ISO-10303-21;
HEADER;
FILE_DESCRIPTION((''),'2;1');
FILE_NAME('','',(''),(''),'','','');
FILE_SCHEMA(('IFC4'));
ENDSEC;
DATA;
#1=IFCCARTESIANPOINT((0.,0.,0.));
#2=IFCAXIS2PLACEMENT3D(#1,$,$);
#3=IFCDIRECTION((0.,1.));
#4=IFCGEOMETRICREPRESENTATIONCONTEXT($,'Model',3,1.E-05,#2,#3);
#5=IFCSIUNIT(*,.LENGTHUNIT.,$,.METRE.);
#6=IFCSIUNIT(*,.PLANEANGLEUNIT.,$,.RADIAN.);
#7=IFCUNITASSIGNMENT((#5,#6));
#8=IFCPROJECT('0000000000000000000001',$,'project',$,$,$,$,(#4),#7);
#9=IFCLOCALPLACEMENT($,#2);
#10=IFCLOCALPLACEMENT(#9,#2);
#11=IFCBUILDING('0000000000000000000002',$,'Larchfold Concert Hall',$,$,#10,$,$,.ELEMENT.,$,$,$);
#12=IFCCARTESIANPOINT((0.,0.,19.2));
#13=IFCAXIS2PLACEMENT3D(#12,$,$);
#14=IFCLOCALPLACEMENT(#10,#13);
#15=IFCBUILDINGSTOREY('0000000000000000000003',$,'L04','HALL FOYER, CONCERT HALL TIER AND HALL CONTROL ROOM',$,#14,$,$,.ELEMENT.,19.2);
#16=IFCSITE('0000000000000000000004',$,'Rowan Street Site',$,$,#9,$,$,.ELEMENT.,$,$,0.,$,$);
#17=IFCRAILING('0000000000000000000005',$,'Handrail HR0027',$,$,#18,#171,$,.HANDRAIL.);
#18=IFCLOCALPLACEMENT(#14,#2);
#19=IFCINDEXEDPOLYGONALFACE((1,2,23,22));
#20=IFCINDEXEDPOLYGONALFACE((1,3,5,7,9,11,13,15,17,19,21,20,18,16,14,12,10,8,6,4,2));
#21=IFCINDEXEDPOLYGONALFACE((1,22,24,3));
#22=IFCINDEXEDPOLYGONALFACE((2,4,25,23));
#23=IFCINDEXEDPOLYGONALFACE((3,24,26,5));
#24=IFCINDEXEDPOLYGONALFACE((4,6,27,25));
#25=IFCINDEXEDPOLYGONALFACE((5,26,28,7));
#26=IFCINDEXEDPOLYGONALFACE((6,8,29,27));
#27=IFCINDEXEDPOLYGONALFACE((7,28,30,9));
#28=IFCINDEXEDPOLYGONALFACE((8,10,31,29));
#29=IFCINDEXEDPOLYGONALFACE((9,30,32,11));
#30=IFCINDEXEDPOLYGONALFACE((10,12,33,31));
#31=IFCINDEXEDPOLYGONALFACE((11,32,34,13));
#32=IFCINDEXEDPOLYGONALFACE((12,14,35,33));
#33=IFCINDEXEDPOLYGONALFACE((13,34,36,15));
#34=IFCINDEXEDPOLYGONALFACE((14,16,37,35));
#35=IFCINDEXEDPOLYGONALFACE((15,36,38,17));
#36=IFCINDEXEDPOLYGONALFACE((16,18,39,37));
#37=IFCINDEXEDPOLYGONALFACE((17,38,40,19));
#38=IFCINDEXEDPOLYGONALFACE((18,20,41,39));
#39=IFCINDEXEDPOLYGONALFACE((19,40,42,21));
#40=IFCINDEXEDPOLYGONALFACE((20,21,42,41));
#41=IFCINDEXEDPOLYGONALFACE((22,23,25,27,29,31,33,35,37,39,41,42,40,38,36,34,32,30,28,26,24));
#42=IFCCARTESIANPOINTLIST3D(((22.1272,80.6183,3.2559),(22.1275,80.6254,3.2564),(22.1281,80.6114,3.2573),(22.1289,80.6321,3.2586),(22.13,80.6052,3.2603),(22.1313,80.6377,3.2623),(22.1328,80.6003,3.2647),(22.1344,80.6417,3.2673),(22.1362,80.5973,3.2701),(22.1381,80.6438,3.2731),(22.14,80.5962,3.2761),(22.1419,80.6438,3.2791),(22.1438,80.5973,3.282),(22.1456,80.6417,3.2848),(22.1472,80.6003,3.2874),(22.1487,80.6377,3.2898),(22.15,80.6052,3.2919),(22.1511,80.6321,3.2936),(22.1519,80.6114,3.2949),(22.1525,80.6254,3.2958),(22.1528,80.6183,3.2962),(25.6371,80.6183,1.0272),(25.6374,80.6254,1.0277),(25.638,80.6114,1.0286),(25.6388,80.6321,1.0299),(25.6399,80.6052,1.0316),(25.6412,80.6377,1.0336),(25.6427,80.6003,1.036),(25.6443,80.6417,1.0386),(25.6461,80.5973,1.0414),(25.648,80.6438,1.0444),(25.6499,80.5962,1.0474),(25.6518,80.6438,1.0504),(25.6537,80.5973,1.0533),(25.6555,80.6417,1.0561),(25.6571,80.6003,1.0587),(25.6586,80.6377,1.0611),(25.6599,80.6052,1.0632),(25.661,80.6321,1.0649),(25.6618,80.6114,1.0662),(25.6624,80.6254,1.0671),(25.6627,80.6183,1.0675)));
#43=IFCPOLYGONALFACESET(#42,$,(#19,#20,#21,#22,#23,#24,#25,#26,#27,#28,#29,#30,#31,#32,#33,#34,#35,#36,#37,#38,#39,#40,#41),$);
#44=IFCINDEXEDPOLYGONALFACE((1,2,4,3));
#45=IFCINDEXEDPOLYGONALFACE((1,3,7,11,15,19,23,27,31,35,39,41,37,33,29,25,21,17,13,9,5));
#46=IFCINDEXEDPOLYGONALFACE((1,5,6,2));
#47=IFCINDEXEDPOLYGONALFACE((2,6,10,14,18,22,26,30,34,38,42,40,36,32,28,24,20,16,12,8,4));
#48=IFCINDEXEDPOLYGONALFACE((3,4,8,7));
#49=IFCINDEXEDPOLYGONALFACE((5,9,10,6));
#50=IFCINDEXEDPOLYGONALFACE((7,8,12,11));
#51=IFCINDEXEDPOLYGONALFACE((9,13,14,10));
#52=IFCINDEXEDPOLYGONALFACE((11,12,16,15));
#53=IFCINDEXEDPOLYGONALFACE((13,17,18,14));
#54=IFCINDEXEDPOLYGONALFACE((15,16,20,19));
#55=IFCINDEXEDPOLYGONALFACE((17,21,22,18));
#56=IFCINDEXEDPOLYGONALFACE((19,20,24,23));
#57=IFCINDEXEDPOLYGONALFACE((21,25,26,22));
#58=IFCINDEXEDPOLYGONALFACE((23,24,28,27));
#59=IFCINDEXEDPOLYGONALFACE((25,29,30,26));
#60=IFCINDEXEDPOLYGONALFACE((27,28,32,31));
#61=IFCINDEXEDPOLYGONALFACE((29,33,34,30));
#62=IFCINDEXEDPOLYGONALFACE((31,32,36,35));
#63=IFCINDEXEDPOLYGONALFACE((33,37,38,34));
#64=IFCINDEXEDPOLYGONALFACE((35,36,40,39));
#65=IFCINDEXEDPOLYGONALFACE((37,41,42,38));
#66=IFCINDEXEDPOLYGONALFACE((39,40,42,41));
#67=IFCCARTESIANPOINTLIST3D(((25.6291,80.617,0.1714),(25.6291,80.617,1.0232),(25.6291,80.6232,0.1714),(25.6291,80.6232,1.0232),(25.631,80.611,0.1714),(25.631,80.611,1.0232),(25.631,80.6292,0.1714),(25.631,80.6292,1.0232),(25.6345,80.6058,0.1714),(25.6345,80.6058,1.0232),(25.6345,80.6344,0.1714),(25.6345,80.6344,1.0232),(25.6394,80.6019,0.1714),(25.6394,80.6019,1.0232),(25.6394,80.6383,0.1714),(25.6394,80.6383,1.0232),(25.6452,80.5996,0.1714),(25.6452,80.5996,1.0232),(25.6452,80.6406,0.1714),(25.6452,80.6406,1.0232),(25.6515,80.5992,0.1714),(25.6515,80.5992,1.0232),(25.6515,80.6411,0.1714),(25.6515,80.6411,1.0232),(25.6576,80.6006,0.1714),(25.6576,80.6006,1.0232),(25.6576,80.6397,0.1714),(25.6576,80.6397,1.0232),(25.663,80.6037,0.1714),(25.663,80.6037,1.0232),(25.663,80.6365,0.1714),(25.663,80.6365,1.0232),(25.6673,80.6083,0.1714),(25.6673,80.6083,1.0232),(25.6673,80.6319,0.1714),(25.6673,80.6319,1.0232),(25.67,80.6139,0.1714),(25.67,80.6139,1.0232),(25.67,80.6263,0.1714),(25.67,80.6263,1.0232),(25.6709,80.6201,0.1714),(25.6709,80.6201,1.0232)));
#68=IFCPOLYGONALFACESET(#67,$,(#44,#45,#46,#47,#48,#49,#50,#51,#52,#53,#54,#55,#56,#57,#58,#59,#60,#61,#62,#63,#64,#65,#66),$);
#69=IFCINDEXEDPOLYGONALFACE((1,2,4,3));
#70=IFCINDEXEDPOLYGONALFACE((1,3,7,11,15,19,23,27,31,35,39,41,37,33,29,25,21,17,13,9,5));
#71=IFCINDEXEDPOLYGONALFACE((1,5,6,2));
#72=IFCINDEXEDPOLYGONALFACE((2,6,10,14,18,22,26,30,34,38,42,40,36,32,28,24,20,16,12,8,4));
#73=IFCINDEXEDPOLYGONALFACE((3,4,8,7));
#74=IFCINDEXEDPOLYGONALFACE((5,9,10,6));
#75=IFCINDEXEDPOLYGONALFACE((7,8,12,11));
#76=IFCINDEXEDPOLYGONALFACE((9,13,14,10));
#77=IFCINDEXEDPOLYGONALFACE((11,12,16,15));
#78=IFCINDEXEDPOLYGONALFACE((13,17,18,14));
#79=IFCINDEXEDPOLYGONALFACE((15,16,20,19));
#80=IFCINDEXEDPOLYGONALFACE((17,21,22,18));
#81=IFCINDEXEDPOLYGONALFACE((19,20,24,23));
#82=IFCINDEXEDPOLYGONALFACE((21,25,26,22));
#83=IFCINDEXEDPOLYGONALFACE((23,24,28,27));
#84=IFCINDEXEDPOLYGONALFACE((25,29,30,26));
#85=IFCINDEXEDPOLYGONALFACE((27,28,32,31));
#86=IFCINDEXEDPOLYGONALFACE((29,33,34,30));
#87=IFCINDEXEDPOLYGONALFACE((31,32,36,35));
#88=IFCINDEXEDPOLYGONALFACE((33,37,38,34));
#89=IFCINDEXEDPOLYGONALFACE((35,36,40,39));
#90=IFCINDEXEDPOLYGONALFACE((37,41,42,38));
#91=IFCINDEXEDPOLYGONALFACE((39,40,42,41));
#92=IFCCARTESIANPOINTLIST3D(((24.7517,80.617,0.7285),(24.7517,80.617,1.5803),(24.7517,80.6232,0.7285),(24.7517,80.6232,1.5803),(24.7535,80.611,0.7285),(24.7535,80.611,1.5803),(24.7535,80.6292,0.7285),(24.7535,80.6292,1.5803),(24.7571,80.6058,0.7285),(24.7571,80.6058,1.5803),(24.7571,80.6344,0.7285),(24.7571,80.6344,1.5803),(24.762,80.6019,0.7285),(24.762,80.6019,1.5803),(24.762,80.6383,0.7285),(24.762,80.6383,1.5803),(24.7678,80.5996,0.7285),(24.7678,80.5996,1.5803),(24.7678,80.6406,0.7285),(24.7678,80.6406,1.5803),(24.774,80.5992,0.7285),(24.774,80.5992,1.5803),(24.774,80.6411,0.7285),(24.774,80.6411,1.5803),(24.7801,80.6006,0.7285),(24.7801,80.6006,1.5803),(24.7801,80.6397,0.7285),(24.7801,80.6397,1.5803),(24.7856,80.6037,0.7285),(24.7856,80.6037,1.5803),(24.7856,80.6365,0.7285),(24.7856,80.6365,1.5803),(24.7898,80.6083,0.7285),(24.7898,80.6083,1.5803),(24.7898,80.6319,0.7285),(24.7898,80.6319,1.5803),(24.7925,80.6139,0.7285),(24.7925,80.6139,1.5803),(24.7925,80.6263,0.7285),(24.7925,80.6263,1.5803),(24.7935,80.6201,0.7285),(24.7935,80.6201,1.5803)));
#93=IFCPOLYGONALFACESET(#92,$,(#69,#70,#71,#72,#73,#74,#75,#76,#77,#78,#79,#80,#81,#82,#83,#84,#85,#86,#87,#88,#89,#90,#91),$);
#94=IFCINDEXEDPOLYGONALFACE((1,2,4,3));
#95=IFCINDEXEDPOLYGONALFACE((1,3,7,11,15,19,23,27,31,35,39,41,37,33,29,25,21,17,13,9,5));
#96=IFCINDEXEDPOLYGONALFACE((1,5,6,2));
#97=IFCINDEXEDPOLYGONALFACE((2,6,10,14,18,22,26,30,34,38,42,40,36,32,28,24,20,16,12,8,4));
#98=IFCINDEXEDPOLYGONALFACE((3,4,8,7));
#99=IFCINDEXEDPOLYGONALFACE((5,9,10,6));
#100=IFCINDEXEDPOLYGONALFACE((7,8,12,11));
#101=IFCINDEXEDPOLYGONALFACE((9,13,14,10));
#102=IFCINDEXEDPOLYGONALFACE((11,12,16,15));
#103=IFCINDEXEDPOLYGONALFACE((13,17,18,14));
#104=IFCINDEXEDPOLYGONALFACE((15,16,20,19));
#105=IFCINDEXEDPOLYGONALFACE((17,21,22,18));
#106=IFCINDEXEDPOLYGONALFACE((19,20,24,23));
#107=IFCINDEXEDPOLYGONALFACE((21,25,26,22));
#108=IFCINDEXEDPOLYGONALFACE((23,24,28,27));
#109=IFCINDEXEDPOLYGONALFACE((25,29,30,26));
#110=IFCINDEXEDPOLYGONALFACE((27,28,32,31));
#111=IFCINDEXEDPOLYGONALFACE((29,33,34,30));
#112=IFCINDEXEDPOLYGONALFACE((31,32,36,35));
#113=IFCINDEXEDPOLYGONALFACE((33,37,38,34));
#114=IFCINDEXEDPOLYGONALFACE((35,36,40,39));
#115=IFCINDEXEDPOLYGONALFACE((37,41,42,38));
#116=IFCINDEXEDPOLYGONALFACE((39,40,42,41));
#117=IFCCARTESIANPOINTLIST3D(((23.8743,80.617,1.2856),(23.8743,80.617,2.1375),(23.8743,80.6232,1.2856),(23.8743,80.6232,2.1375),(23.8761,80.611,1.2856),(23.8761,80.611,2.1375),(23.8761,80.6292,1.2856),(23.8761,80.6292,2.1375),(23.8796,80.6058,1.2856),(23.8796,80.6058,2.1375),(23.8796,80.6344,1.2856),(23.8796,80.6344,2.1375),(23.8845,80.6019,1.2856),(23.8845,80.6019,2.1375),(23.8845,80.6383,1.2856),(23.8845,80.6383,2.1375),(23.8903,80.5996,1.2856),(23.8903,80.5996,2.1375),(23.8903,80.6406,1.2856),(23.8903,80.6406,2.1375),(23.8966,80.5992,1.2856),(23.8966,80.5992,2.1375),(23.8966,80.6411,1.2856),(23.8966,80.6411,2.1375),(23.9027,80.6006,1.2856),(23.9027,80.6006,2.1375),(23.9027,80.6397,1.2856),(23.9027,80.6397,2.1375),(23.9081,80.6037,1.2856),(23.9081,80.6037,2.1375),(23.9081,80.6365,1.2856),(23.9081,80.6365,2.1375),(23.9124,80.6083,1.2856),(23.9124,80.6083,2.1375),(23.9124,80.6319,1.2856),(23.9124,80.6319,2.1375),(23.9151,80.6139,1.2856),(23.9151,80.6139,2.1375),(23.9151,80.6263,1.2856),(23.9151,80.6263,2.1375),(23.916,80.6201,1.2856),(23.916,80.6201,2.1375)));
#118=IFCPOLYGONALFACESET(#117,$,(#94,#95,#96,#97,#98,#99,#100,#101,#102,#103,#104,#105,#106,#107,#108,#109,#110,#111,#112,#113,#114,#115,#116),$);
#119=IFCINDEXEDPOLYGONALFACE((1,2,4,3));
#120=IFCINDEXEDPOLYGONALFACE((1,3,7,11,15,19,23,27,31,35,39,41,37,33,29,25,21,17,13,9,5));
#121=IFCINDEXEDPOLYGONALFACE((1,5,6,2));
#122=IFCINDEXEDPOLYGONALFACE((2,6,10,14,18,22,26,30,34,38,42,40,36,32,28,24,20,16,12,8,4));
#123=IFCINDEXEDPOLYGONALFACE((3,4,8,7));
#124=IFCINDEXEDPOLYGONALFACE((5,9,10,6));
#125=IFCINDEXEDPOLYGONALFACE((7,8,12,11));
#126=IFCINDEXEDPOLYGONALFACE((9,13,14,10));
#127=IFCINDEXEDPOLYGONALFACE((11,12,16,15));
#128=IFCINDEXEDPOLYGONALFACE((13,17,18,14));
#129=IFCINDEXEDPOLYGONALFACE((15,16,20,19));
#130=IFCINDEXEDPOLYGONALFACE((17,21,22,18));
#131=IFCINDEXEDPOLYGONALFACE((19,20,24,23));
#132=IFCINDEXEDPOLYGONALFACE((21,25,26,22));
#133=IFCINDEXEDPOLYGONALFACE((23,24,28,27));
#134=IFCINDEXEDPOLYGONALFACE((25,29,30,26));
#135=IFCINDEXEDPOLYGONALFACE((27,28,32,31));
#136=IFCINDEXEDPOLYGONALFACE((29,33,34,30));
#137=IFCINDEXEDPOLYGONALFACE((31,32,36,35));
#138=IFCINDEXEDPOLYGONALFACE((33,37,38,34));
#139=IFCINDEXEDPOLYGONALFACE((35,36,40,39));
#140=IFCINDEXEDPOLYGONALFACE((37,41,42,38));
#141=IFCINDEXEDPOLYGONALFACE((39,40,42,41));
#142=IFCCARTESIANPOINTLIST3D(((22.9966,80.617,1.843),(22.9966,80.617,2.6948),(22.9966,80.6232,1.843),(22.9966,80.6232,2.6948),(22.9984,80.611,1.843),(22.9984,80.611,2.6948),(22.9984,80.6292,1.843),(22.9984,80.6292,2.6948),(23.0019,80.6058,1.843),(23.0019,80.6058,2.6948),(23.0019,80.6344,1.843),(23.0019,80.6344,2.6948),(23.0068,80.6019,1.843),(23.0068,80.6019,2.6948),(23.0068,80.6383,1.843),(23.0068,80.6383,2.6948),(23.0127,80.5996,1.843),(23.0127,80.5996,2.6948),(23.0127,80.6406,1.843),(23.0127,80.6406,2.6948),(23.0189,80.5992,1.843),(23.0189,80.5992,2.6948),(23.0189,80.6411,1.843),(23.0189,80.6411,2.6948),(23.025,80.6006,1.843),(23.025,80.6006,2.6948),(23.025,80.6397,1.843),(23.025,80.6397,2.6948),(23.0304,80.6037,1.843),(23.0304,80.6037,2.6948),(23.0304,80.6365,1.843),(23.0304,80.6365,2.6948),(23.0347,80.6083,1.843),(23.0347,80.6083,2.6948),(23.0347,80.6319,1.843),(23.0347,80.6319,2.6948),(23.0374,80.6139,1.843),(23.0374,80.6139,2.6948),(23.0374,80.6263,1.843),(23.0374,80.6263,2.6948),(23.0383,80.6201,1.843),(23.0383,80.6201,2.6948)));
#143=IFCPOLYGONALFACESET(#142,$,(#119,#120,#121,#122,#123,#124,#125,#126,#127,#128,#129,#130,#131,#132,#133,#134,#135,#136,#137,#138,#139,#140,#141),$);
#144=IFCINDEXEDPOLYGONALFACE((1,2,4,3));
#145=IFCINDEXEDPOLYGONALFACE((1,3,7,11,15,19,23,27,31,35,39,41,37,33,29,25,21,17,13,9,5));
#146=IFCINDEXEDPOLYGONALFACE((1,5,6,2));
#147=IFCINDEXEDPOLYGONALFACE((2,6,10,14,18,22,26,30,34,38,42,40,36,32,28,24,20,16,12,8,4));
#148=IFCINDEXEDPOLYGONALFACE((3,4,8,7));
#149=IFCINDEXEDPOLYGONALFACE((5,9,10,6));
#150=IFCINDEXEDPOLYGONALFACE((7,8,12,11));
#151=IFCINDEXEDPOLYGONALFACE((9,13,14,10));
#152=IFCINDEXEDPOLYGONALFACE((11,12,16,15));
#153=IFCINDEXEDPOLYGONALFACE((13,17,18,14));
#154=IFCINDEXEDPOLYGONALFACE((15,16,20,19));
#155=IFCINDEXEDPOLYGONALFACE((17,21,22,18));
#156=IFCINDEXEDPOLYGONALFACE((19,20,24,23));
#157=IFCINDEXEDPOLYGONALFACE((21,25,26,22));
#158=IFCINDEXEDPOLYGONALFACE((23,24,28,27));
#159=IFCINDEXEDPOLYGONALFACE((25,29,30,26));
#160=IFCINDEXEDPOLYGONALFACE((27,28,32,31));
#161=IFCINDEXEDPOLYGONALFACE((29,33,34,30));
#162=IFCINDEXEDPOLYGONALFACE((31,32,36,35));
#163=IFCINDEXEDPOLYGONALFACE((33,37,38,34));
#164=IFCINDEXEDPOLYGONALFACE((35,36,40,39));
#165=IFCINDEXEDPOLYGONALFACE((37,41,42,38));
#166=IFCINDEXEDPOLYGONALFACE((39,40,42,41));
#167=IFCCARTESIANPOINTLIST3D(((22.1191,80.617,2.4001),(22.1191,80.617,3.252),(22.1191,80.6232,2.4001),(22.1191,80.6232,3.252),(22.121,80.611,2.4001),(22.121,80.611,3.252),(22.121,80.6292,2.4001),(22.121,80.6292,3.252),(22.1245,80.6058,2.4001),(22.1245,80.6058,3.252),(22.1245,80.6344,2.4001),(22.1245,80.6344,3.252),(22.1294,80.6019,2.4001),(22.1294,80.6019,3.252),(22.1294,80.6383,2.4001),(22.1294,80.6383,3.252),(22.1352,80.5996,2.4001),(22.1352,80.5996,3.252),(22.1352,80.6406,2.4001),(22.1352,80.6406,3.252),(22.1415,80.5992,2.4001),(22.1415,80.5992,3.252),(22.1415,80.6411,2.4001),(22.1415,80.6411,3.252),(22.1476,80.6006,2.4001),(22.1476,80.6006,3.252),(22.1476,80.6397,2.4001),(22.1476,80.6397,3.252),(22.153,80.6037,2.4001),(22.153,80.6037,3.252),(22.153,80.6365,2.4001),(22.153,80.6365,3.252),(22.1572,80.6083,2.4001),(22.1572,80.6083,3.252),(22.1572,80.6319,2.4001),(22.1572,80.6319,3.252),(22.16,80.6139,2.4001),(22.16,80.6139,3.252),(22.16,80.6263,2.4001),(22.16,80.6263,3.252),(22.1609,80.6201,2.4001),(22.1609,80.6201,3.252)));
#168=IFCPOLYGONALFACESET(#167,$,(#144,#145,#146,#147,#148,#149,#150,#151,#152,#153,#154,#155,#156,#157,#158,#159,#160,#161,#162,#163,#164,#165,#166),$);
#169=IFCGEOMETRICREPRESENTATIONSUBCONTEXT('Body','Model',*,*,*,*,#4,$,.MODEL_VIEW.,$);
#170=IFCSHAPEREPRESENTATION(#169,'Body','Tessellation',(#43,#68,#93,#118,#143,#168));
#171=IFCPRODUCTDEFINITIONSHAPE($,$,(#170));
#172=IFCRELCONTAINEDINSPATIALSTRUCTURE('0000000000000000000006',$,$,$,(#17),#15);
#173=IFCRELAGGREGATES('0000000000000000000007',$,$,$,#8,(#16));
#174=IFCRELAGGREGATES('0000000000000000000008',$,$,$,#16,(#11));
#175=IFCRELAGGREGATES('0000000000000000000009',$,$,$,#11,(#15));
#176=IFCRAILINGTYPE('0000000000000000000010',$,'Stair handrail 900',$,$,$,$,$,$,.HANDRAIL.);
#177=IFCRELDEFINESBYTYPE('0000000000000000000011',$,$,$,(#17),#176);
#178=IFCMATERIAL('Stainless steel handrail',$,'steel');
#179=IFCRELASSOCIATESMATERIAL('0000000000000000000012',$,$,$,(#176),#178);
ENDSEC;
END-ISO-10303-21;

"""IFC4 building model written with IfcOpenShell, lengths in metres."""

from ifc_helpers import new_model, si_unit, direction, frame, origin, origin_2d, place, context, subcontext, project, spatial, circle, extrude, material, type_object, element, save


model = new_model("IFC4")

# Units and contexts
model_context = context("Model", 3, precision=1e-05, world=origin(), true_north=direction((0.0, 1.0)))
body_context = subcontext(model_context, "Body", "Model", "MODEL_VIEW")
ifc_project = project(units=[si_unit("LENGTHUNIT", "METRE"), si_unit("PLANEANGLEUNIT", "RADIAN")], contexts=[model_context])

# Site, building, storey
site_placement = place(None, origin())
site = spatial("IfcSite", under=ifc_project, at=site_placement, Name="Rowan Street Site", CompositionType="ELEMENT", RefElevation=0.0)
building_placement = place(site_placement, origin())
building = spatial("IfcBuilding", under=site, at=building_placement, Name="Larchfold Concert Hall", CompositionType="ELEMENT")
storey_placement = place(building_placement, frame((0.0, 0.0, 19.2)))
storey = spatial("IfcBuildingStorey", under=building, at=storey_placement, Name="L04", Description="HALL FOYER, CONCERT HALL TIER AND HALL CONTROL ROOM", CompositionType="ELEMENT", Elevation=19.2)

# Railing
ifc_material_1 = material(Name="Stainless steel handrail", Category="steel")
railing_type_1 = type_object("IfcRailingType", Name="Stair handrail 900", PredefinedType="HANDRAIL", material=ifc_material_1)
railing_1_placement = place(storey_placement, frame((25.6499, 80.6201, 0.1714)))
element("IfcRailing", 1, at=railing_1_placement, inside=storey, type_object=railing_type_1, Name="Handrail HR0027", PredefinedType="HANDRAIL", context=body_context, shape_type="SweptSolid", body=[
    extrude(circle(Radius=0.0239, at=origin_2d()), frame((0.0, 0.0, 0.876), z_axis=(-0.844193, 0.0, 0.536039), x_axis=(0.0, -1.0, 0.0)), (0.0, 0.0, 1.0), 4.1577),
    extrude(circle(Radius=0.021, at=origin_2d()), origin(), (0.0, 0.0, 1.0), 0.8518),
    extrude(circle(Radius=0.021, at=origin_2d()), frame((-0.8774, 0.0, 0.5571)), (0.0, 0.0, 1.0), 0.8518),
    extrude(circle(Radius=0.021, at=origin_2d()), frame((-1.7549, 0.0, 1.1143)), (0.0, 0.0, 1.0), 0.8518),
    extrude(circle(Radius=0.021, at=origin_2d()), frame((-2.6326, 0.0, 1.6716)), (0.0, 0.0, 1.0), 0.8518),
    extrude(circle(Radius=0.021, at=origin_2d()), frame((-3.51, 0.0, 2.2288)), (0.0, 0.0, 1.0), 0.8518),
])

save(model, "model.ifc")
